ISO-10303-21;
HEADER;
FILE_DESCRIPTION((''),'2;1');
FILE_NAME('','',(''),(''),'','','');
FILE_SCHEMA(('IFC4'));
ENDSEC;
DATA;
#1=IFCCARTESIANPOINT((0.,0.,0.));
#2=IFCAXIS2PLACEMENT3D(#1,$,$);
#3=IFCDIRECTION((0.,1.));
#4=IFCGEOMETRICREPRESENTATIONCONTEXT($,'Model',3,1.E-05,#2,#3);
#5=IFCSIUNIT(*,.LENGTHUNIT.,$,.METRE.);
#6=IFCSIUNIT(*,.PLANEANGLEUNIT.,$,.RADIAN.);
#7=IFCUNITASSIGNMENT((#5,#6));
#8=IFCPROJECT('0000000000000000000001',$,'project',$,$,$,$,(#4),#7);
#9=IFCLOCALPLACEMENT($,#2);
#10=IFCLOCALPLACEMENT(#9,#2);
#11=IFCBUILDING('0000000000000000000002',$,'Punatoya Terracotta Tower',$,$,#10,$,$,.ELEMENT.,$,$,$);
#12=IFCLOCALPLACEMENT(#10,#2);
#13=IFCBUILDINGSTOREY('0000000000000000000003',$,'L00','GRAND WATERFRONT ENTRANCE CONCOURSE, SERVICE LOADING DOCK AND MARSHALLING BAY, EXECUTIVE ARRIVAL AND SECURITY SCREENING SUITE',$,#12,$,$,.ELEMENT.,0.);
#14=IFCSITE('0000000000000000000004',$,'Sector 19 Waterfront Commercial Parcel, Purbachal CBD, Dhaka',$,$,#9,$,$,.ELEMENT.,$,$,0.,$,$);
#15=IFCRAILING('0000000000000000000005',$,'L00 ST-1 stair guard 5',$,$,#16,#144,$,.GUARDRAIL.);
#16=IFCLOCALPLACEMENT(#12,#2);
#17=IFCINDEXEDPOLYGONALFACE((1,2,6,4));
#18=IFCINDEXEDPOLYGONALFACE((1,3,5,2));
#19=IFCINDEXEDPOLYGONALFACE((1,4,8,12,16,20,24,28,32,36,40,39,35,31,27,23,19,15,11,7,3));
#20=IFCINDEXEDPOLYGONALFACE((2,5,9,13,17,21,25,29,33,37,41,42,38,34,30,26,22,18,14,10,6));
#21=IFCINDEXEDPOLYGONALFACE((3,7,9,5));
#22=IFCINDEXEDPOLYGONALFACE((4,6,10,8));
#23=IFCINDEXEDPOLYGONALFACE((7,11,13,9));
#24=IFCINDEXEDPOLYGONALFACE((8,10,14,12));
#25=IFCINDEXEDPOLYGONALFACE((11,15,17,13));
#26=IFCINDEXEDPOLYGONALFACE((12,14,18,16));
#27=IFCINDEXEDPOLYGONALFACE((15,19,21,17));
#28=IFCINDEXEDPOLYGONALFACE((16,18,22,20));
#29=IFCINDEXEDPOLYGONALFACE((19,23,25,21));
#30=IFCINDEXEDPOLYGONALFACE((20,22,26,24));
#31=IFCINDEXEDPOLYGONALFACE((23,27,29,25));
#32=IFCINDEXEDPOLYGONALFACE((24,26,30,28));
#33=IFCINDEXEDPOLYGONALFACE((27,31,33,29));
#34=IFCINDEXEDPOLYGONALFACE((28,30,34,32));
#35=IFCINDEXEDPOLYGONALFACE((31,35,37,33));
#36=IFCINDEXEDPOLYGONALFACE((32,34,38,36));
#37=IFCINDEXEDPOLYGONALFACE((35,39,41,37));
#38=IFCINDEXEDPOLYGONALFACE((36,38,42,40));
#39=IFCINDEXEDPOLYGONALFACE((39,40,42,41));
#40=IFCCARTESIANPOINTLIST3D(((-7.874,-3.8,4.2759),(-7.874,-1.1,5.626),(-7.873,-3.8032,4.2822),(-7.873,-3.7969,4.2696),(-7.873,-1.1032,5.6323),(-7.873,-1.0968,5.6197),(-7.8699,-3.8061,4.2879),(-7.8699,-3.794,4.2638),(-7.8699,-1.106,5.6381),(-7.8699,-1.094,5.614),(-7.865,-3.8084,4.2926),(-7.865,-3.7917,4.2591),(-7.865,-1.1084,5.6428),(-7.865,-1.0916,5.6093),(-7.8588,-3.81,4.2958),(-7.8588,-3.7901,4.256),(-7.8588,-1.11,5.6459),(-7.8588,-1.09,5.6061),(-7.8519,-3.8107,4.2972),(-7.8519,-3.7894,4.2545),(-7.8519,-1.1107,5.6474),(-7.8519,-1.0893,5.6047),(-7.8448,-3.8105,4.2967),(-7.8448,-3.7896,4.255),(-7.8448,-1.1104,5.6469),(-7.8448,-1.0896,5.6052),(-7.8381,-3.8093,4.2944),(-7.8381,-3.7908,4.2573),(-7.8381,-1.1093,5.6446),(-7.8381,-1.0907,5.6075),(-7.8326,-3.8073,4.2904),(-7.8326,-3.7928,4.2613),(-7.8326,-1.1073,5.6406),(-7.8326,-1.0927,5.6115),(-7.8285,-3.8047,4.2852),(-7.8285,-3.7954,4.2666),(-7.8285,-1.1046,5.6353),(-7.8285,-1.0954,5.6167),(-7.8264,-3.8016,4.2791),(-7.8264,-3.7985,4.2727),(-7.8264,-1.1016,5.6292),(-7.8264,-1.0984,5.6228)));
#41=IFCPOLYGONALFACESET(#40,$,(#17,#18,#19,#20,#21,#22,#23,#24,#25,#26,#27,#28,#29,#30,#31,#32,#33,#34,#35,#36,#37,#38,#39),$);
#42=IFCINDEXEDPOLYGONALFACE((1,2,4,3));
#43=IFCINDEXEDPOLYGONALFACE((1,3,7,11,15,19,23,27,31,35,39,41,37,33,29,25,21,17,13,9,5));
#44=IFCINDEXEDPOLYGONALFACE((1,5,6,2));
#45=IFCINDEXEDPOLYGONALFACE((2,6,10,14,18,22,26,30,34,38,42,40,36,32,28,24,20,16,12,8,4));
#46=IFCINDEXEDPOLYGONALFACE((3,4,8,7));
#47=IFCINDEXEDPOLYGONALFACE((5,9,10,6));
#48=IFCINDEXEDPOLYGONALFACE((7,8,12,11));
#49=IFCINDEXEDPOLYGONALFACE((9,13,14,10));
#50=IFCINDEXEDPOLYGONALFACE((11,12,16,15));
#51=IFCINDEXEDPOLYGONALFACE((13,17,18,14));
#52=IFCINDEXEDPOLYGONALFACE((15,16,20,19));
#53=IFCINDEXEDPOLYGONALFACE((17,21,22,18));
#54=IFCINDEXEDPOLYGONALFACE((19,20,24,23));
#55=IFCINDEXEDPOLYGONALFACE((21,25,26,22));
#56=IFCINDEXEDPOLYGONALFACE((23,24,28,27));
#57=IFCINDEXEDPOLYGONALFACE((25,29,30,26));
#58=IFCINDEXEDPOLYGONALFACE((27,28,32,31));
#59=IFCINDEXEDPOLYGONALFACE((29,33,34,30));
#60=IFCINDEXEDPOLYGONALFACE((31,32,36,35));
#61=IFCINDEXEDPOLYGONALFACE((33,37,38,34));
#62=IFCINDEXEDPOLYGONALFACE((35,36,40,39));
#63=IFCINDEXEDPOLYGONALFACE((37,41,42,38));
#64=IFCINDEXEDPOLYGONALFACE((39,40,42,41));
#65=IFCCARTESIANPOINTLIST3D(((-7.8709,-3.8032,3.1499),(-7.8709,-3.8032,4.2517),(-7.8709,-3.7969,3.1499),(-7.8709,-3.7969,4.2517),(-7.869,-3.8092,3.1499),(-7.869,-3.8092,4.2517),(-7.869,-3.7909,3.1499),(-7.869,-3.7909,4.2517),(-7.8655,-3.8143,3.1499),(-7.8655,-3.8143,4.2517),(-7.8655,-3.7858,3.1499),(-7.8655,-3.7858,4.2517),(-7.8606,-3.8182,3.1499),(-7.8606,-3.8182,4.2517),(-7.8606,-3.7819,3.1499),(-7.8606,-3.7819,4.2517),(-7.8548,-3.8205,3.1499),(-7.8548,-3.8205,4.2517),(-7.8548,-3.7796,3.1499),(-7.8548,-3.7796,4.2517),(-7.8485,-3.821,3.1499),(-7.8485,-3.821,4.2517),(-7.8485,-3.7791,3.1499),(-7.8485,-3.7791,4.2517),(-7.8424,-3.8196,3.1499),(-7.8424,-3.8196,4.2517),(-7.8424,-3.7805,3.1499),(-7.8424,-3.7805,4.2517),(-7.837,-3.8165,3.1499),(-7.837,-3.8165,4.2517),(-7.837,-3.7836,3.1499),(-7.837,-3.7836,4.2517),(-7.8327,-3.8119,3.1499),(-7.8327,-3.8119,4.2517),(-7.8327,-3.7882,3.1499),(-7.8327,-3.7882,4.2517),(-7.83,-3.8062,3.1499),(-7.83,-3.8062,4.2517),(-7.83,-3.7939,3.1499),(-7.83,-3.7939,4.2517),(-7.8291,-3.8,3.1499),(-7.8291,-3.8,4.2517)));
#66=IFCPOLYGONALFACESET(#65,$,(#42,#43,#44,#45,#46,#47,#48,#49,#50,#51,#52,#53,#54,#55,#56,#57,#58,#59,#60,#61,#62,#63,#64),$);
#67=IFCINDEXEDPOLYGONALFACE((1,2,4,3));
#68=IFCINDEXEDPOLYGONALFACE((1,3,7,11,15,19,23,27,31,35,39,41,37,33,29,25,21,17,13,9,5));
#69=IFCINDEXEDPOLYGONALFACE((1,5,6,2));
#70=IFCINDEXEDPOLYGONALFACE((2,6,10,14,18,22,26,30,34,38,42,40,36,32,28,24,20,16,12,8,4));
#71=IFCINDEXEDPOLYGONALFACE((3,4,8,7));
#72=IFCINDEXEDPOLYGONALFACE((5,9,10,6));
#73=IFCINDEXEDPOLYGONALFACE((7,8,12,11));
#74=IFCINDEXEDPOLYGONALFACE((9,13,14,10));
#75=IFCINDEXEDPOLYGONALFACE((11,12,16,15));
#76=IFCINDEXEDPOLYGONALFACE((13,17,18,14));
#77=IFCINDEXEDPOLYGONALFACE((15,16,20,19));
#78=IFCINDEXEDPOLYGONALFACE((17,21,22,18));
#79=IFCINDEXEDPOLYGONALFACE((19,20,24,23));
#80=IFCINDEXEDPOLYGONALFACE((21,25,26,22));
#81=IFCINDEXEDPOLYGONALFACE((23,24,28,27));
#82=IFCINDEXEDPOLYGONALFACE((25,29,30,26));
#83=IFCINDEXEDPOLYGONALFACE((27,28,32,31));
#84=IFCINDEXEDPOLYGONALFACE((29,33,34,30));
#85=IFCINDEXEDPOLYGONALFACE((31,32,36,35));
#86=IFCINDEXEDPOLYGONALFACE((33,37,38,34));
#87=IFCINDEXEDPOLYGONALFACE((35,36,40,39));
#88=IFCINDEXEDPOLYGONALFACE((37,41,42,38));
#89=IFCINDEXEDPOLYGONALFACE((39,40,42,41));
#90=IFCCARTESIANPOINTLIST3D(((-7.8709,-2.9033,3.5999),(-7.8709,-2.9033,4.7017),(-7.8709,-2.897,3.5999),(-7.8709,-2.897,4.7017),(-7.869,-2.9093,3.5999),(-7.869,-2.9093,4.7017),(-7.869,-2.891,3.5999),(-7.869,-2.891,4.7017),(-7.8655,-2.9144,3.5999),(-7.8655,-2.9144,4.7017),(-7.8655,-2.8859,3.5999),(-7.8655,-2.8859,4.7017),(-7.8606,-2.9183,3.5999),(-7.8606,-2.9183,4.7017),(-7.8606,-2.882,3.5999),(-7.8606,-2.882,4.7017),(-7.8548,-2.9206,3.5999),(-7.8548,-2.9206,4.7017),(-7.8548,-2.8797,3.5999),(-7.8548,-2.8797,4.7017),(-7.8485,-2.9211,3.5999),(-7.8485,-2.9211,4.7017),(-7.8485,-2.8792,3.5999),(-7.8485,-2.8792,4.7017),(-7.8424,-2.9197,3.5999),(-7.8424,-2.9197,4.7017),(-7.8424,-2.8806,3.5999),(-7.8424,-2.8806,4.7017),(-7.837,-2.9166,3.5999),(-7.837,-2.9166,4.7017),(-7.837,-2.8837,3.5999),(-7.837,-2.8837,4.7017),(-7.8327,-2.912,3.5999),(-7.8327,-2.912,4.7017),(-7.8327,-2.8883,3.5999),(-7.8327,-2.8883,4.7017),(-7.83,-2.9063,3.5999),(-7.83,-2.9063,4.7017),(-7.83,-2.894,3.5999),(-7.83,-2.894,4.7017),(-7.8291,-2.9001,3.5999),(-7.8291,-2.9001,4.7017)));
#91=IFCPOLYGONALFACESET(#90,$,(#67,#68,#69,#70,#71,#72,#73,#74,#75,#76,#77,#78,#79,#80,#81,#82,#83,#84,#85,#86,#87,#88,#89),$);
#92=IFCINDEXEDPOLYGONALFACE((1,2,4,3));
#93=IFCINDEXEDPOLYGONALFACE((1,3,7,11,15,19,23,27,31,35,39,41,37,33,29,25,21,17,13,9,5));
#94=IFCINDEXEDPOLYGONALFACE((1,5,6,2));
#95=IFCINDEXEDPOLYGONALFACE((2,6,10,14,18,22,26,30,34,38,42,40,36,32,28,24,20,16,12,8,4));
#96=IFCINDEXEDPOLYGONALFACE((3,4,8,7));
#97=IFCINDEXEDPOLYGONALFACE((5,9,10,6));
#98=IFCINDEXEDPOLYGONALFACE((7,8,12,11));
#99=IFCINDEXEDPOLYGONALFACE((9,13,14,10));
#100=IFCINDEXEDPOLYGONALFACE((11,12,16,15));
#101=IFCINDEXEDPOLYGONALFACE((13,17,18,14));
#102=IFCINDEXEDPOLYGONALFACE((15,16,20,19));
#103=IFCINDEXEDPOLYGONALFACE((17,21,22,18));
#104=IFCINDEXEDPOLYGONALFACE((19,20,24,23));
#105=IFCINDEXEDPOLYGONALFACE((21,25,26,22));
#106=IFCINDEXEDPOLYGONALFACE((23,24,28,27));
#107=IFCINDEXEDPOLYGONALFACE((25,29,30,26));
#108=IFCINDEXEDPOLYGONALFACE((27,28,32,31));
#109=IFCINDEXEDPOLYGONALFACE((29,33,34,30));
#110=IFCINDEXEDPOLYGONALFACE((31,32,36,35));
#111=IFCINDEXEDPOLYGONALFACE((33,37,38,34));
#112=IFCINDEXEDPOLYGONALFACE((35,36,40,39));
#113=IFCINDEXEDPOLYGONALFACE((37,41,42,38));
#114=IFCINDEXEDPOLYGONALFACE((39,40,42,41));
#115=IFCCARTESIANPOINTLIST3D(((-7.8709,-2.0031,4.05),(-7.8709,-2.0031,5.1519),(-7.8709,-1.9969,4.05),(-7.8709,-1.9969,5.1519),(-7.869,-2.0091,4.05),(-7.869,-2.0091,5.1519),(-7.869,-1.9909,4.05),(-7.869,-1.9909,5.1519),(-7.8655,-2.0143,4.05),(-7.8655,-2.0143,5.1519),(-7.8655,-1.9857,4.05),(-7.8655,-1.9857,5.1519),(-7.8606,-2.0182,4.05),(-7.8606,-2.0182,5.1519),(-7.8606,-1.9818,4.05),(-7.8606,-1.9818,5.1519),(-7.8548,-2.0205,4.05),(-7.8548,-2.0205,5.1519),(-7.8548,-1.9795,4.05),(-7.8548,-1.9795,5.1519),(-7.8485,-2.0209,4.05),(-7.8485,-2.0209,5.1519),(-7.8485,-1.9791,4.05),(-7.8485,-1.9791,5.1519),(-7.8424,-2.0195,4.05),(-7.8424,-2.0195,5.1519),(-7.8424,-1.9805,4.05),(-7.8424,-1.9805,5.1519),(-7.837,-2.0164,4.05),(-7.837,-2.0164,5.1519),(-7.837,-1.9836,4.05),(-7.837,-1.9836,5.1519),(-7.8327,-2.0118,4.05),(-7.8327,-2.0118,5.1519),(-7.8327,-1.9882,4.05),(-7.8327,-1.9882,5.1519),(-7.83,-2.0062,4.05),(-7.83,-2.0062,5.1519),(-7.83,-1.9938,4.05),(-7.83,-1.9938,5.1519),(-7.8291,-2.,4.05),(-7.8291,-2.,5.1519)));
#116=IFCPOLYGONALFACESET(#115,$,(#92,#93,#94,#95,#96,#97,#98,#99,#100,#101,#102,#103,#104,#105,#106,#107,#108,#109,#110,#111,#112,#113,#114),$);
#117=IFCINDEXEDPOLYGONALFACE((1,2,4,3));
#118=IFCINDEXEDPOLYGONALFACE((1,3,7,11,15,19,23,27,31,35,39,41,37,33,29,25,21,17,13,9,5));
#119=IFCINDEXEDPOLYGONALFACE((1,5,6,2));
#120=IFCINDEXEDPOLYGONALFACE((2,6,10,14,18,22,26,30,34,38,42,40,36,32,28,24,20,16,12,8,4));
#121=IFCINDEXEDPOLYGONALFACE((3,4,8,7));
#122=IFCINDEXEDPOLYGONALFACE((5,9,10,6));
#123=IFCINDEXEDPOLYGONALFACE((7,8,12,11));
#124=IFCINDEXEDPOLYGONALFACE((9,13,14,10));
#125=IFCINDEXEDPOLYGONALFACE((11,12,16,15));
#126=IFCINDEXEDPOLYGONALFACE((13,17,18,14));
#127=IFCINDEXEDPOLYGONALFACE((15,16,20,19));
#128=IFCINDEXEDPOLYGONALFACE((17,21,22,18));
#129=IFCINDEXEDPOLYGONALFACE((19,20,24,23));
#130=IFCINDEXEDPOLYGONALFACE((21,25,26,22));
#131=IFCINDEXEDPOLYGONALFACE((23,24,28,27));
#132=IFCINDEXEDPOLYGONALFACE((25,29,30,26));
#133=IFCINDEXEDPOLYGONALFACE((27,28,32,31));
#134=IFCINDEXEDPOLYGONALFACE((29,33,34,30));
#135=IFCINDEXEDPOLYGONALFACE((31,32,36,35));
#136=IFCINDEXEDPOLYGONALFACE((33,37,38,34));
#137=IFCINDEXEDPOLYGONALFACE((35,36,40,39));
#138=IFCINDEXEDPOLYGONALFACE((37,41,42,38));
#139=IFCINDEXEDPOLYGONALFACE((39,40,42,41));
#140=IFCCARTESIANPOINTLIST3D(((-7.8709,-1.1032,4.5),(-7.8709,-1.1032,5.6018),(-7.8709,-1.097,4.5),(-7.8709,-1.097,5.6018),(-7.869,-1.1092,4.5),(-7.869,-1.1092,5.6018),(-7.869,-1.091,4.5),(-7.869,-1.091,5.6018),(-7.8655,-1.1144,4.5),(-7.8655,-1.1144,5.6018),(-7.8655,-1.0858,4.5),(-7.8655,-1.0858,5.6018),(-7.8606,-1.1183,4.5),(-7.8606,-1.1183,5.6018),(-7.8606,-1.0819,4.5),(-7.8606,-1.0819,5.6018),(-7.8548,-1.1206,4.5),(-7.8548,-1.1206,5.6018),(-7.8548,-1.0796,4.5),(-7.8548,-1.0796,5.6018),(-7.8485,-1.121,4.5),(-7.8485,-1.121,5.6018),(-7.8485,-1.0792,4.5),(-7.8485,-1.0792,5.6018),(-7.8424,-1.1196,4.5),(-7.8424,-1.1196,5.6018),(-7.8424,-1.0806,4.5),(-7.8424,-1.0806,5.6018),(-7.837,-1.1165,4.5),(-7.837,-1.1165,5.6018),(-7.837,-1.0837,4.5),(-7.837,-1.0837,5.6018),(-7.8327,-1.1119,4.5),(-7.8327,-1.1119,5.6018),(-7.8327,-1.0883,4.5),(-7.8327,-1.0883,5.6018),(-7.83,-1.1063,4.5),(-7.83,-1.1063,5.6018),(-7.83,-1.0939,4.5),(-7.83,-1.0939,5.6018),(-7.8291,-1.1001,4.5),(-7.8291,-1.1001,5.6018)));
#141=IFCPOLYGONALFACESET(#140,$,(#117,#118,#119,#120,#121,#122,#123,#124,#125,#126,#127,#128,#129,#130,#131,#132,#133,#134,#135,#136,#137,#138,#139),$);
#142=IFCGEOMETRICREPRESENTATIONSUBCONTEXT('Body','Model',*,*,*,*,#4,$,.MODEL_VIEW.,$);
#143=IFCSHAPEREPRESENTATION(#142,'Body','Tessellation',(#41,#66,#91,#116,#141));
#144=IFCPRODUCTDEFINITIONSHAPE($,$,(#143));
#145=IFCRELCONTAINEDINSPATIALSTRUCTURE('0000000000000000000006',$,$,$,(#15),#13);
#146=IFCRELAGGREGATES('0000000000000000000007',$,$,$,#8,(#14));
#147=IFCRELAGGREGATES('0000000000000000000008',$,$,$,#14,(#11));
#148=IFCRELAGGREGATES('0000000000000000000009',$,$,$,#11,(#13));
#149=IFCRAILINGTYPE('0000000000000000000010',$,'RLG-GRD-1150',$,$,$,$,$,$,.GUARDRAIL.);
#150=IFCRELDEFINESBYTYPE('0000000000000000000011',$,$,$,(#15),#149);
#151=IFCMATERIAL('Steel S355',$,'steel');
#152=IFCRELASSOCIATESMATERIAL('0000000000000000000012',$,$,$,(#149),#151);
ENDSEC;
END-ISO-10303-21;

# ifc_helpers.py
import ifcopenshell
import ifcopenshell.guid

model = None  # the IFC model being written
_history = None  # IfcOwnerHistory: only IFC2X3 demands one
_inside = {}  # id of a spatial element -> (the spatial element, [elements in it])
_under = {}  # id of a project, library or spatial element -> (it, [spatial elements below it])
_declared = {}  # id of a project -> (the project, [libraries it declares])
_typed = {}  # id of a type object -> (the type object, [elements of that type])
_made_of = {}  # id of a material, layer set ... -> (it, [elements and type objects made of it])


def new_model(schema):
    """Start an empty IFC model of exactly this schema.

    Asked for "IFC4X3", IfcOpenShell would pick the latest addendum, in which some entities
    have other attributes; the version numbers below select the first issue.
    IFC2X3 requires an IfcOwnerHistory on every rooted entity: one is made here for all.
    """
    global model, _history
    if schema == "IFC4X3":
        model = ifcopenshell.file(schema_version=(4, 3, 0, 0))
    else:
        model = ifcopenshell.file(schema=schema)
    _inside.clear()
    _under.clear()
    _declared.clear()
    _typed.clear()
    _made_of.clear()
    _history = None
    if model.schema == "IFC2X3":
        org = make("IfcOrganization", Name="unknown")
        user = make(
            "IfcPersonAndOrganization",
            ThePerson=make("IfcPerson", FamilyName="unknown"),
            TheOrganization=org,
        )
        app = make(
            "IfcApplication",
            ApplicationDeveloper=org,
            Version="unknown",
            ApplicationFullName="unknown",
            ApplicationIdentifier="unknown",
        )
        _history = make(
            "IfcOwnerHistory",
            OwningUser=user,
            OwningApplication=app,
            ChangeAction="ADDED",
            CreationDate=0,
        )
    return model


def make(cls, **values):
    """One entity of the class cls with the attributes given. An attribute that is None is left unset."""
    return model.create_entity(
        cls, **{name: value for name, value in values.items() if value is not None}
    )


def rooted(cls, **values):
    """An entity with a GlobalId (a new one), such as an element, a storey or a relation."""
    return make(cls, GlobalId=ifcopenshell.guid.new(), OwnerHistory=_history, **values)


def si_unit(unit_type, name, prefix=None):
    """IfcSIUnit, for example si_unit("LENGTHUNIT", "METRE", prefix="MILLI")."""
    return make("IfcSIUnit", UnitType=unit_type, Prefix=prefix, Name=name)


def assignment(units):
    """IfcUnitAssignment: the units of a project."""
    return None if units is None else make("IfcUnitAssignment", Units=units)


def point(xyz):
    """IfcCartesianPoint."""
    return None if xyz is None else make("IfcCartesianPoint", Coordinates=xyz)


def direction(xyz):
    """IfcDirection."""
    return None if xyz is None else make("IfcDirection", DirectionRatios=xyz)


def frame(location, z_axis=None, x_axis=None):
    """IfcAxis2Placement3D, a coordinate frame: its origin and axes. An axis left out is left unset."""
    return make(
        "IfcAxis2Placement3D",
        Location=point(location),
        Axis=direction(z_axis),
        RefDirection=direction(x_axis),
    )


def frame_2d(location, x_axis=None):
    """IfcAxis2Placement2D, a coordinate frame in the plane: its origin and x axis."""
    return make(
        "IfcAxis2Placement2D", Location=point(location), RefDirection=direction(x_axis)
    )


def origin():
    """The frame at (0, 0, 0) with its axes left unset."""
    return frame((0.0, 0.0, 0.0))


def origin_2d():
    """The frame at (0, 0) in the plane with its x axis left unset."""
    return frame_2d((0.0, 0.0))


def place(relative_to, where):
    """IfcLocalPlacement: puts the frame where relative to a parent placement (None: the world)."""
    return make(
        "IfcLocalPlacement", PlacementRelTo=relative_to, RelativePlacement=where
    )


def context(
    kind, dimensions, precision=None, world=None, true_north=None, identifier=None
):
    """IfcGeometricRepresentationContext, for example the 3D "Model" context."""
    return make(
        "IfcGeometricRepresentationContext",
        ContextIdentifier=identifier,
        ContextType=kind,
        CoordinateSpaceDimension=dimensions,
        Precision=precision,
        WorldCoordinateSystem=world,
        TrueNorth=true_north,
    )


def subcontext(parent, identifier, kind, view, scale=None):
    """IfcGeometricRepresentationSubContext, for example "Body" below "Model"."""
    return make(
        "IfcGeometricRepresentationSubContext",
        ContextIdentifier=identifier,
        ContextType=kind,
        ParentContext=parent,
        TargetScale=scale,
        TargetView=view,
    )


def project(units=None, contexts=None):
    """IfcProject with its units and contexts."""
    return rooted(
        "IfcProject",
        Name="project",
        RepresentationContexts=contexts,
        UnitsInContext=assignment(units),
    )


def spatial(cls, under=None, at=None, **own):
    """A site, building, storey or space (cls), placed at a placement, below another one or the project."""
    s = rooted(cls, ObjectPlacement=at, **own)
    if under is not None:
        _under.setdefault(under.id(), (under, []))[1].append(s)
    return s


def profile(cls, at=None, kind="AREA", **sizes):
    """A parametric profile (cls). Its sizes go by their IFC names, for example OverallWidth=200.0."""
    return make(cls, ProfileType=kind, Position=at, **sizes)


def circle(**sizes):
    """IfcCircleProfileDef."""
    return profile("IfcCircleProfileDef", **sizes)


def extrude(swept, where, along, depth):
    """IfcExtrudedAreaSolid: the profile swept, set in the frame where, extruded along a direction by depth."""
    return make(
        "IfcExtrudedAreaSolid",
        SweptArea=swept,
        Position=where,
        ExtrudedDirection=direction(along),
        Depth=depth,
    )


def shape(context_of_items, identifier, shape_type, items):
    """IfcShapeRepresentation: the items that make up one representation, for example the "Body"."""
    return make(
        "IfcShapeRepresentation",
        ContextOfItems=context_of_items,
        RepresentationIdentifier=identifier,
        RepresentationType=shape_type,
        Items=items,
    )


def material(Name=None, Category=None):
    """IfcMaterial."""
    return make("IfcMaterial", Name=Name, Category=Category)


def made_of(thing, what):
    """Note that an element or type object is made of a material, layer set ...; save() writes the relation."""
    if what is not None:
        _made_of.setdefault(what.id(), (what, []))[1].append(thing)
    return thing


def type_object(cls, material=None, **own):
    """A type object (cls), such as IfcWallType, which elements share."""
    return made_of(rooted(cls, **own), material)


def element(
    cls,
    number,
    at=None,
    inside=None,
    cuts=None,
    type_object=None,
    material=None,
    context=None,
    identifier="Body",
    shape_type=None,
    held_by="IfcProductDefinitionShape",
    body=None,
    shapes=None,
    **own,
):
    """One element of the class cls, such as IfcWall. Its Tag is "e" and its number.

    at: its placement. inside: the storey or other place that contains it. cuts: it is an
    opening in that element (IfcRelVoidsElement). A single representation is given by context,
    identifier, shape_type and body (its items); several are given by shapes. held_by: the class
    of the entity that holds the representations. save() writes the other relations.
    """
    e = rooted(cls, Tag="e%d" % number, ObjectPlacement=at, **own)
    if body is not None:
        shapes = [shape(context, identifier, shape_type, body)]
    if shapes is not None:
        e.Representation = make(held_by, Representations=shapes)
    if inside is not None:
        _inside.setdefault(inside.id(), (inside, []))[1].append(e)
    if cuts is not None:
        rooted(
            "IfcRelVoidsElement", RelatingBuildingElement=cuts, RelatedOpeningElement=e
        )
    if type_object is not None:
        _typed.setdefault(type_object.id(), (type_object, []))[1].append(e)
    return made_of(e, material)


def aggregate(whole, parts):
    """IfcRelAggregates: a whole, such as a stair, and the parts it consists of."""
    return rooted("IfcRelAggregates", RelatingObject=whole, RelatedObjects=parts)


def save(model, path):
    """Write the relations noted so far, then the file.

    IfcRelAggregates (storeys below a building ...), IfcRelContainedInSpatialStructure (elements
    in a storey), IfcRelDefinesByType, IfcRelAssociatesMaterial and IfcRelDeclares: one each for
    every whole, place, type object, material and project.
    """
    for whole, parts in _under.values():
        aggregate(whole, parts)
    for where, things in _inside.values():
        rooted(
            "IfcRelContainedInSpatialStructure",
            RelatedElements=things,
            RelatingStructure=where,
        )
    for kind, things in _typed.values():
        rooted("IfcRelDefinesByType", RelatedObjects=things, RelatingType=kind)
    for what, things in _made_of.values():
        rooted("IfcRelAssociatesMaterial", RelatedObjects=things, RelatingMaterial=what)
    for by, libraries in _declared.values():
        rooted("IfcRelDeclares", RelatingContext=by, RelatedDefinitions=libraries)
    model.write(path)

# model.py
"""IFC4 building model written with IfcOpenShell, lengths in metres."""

from ifc_helpers import new_model, si_unit, direction, frame, origin, origin_2d, place, context, subcontext, project, spatial, circle, extrude, material, type_object, element, save


model = new_model("IFC4")

# Units and contexts
model_context = context("Model", 3, precision=1e-05, world=origin(), true_north=direction((0.0, 1.0)))
body_context = subcontext(model_context, "Body", "Model", "MODEL_VIEW")
ifc_project = project(units=[si_unit("LENGTHUNIT", "METRE"), si_unit("PLANEANGLEUNIT", "RADIAN")], contexts=[model_context])

# Site, building, storey
site_placement = place(None, origin())
site = spatial("IfcSite", under=ifc_project, at=site_placement, Name="Sector 19 Waterfront Commercial Parcel, Purbachal CBD, Dhaka", CompositionType="ELEMENT", RefElevation=0.0)
building_placement = place(site_placement, origin())
building = spatial("IfcBuilding", under=site, at=building_placement, Name="Punatoya Terracotta Tower", CompositionType="ELEMENT")
storey_placement = place(building_placement, origin())
storey = spatial("IfcBuildingStorey", under=building, at=storey_placement, Name="L00", Description="GRAND WATERFRONT ENTRANCE CONCOURSE, SERVICE LOADING DOCK AND MARSHALLING BAY, EXECUTIVE ARRIVAL AND SECURITY SCREENING SUITE", CompositionType="ELEMENT", Elevation=0.0)

# Shared definitions
ifc_material_1 = material(Name="Steel S355", Category="steel")

# Railing
railing_type_1 = type_object("IfcRailingType", Name="RLG-GRD-1150", PredefinedType="GUARDRAIL", material=ifc_material_1)
railing_1_placement = place(storey_placement, frame((-7.8501, -3.8, 3.1499)))
element("IfcRailing", 1, at=railing_1_placement, inside=storey, type_object=railing_type_1, Name="L00 ST-1 stair guard 5", PredefinedType="GUARDRAIL", context=body_context, shape_type="SweptSolid", body=[
    extrude(circle(Radius=0.0239, at=origin_2d()), frame((0.0, 0.0, 1.126), z_axis=(0.0, 0.894411, 0.447246), x_axis=(-1.0, 0.0, 0.0)), (0.0, 0.0, 1.0), 3.0188),
    extrude(circle(Radius=0.021, at=origin_2d()), origin(), (0.0, 0.0, 1.0), 1.1018),
    extrude(circle(Radius=0.021, at=origin_2d()), frame((0.0, 0.8999, 0.45)), (0.0, 0.0, 1.0), 1.1018),
    extrude(circle(Radius=0.021, at=origin_2d()), frame((0.0, 1.8, 0.9001)), (0.0, 0.0, 1.0), 1.1018),
    extrude(circle(Radius=0.021, at=origin_2d()), frame((0.0, 2.7, 1.3501)), (0.0, 0.0, 1.0), 1.1018),
])

save(model, "model.ifc")
